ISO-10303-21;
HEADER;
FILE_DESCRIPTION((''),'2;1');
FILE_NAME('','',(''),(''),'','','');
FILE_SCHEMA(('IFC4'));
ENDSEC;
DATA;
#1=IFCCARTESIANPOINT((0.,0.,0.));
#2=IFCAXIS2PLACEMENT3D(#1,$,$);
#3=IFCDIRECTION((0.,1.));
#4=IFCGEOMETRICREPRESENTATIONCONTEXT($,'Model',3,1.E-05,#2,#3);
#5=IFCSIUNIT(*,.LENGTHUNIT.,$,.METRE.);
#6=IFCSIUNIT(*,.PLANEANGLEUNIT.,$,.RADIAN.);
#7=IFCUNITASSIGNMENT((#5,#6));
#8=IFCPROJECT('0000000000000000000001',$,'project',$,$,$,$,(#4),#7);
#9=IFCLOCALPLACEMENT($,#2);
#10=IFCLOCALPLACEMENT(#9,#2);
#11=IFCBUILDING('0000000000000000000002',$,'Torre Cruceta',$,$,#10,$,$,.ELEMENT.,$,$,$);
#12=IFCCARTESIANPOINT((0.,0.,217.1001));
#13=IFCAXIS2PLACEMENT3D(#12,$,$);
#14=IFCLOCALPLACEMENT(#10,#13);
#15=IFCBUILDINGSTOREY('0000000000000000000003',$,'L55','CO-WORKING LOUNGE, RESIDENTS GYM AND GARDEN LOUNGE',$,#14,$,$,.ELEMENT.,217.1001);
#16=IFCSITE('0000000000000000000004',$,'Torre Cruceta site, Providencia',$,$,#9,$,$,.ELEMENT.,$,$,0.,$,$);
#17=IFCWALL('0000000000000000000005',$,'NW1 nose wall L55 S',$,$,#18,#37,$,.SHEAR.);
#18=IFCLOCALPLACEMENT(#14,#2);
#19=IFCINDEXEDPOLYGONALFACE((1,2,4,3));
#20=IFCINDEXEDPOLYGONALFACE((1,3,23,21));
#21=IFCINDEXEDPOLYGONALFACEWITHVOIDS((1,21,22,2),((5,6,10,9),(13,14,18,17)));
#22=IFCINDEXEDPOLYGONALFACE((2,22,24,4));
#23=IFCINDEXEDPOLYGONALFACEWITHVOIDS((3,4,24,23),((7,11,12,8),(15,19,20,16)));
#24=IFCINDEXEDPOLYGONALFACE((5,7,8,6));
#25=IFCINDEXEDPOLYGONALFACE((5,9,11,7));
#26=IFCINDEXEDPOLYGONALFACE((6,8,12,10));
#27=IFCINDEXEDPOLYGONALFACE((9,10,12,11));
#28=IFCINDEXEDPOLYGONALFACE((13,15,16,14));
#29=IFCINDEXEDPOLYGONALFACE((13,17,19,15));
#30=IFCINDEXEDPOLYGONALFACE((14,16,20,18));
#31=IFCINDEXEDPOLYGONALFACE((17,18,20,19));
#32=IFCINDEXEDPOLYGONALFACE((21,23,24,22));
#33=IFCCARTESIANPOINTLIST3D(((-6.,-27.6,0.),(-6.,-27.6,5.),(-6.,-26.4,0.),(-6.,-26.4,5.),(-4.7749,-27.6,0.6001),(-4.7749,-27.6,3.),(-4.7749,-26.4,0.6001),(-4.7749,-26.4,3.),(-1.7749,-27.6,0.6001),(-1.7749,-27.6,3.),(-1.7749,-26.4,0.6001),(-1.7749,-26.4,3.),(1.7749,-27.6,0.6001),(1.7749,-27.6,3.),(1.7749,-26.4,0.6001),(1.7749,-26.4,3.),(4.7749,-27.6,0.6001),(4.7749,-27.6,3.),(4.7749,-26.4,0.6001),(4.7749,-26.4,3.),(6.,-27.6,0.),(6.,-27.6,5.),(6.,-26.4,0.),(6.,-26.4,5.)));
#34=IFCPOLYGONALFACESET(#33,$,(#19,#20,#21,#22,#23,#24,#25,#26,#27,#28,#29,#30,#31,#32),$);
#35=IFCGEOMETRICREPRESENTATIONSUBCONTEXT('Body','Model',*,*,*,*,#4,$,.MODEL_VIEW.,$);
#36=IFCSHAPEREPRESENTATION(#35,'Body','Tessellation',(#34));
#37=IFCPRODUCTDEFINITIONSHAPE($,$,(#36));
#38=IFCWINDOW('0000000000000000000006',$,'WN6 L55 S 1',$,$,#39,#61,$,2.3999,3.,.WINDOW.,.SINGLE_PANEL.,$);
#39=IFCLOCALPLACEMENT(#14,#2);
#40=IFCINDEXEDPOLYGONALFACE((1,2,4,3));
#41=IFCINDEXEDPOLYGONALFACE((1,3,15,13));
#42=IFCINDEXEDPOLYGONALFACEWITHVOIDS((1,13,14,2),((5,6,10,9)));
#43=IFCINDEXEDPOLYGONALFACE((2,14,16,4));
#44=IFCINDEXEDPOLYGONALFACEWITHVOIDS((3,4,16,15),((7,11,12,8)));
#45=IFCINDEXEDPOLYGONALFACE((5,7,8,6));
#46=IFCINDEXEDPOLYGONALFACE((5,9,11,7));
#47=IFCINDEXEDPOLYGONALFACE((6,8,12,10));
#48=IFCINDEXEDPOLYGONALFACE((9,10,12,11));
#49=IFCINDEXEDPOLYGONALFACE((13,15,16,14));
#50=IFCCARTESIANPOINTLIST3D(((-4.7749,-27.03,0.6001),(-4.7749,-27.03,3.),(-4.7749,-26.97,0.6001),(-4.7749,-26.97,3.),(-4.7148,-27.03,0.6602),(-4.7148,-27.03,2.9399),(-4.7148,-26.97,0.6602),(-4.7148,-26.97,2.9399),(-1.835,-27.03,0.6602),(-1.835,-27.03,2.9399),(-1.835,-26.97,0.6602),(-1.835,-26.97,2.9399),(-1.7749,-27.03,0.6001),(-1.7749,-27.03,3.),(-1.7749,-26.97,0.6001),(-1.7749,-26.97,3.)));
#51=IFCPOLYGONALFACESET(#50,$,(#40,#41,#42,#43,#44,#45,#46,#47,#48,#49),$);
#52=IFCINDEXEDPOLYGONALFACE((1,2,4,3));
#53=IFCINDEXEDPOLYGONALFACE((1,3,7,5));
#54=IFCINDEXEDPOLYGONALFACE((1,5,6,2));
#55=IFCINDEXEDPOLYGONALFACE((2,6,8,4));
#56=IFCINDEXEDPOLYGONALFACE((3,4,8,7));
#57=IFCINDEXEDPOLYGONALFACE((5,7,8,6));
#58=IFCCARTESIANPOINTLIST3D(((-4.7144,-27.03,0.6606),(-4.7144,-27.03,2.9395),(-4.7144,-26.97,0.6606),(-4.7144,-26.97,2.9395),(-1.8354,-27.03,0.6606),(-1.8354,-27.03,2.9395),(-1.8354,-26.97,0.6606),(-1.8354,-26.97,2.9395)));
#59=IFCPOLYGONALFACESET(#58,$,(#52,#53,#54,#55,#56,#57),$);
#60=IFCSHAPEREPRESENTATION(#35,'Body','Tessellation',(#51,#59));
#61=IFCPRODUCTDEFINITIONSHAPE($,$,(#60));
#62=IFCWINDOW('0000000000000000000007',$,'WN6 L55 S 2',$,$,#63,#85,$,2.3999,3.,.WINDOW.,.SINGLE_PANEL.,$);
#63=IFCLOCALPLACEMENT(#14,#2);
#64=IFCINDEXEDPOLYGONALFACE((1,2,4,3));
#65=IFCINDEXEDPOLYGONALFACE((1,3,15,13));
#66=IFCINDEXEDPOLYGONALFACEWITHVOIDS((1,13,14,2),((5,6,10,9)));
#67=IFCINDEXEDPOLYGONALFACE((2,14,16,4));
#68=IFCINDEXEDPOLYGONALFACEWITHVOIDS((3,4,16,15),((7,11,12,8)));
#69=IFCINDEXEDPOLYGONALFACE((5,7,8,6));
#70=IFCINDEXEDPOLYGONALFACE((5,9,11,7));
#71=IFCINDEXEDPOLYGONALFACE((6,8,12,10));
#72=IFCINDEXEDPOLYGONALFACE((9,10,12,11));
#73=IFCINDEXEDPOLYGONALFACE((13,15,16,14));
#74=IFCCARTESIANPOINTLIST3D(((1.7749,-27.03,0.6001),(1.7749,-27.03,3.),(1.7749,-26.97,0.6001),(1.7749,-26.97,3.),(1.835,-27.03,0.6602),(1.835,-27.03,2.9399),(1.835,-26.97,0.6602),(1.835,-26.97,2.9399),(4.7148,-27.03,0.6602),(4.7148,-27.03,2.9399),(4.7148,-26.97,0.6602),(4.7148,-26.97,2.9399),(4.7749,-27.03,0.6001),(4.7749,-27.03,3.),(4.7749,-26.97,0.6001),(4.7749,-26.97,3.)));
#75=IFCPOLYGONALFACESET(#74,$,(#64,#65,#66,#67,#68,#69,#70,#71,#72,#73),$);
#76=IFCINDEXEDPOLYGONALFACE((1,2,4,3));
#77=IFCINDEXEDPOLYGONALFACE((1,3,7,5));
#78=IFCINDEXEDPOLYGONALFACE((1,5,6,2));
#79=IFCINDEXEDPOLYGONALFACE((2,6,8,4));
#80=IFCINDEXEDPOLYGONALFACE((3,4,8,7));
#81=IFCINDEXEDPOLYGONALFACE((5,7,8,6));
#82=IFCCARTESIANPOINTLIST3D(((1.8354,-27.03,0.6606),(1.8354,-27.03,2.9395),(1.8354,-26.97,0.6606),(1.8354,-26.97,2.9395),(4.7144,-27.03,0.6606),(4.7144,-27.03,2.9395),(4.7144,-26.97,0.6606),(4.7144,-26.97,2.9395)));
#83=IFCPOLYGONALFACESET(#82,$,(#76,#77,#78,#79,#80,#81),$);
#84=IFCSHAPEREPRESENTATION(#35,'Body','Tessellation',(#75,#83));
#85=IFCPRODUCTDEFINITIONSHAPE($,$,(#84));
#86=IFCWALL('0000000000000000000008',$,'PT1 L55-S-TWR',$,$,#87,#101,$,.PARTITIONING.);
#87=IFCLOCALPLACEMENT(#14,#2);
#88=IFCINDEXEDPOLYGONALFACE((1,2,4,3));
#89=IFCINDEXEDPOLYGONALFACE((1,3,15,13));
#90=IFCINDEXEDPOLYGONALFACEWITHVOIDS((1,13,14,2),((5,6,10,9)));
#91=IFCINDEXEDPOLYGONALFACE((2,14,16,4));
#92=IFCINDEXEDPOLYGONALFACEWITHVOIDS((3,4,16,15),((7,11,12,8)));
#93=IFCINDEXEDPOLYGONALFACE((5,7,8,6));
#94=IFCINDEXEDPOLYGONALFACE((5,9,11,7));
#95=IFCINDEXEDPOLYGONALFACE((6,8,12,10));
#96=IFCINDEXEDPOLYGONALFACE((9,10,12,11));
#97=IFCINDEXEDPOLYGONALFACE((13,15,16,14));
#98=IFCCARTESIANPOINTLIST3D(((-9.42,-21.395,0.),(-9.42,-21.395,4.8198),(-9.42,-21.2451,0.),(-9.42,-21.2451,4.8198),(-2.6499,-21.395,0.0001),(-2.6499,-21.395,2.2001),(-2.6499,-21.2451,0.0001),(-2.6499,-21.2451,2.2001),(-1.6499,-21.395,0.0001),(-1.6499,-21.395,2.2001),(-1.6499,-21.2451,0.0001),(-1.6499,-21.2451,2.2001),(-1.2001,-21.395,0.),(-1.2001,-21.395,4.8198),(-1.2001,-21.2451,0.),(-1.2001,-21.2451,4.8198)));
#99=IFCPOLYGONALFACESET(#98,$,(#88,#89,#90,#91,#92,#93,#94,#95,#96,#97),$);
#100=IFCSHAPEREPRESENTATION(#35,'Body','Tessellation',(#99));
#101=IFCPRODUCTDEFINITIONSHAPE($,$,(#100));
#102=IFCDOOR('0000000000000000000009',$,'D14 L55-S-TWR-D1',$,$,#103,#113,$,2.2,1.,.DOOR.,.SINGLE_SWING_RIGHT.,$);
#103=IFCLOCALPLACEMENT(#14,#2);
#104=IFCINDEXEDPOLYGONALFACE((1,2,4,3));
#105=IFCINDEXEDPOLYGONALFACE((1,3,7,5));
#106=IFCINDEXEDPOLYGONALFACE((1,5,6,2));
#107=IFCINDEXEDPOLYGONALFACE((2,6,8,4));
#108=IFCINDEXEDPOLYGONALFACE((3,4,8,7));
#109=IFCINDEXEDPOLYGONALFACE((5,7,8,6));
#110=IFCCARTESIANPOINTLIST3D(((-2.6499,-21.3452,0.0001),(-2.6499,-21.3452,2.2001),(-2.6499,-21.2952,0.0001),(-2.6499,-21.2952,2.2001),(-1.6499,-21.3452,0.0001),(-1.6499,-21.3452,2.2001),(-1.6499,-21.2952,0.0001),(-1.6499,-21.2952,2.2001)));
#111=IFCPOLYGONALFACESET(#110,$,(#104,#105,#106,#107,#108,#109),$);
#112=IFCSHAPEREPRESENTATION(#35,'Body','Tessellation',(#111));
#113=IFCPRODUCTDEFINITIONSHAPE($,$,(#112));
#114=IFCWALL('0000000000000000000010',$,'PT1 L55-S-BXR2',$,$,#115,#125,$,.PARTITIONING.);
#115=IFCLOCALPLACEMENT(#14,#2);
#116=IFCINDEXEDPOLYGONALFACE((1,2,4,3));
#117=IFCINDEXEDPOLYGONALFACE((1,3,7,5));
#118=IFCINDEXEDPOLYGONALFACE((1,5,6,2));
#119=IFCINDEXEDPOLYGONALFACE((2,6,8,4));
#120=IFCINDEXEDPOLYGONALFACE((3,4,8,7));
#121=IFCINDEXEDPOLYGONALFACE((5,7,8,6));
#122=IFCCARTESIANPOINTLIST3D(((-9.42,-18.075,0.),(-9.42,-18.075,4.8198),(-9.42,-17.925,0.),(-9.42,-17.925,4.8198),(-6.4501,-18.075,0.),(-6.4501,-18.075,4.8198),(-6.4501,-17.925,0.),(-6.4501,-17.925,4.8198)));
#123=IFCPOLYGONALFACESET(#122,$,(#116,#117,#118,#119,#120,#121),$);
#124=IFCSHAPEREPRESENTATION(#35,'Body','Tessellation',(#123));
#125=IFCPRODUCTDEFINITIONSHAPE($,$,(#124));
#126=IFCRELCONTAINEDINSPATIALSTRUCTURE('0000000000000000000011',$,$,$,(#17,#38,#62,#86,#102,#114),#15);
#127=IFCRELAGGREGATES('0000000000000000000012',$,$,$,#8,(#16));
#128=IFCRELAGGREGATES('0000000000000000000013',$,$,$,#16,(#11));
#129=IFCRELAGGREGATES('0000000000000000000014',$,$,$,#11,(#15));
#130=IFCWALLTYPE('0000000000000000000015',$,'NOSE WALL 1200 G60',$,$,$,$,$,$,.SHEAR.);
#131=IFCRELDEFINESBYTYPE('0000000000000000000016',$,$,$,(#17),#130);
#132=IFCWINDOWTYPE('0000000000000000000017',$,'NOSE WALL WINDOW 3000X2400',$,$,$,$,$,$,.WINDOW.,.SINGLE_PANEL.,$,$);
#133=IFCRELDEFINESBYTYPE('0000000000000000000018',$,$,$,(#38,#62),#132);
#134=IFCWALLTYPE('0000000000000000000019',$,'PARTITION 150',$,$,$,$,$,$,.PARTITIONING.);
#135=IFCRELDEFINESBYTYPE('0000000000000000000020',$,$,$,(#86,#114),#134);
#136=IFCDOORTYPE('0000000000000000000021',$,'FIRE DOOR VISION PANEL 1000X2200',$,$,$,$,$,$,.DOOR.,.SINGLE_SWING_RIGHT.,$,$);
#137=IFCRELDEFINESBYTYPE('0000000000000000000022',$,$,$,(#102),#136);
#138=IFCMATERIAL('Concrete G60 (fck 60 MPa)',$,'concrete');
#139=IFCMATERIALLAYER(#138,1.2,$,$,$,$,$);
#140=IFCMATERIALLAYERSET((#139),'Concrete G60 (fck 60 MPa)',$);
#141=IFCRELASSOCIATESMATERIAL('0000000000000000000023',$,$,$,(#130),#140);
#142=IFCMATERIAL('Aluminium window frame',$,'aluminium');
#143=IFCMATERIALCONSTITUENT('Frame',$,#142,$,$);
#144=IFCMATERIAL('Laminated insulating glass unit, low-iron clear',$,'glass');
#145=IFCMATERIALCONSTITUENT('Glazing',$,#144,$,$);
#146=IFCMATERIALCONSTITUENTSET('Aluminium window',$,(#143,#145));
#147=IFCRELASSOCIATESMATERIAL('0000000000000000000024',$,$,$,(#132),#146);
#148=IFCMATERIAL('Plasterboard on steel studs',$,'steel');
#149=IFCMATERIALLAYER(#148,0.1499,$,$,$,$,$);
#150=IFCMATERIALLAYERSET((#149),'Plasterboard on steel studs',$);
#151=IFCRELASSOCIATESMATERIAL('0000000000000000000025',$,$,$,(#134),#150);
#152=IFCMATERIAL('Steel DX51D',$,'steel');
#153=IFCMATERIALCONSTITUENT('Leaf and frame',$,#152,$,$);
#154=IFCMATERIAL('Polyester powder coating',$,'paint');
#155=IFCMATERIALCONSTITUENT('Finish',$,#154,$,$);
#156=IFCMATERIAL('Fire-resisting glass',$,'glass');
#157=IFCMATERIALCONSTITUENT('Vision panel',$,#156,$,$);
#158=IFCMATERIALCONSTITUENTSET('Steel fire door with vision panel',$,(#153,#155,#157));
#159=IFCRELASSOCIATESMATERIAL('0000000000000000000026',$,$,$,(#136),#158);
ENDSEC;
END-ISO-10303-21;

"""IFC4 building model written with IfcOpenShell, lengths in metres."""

from ifc_helpers import new_model, si_unit, direction, frame, frame_2d, origin, place, context, subcontext, project, spatial, rectangle, hollow_rectangle, extrude, material, layer, layer_set, constituent, constituent_set, type_object, element, fill, save


model = new_model("IFC4")

# Units and contexts
model_context = context("Model", 3, precision=1e-05, world=origin(), true_north=direction((0.0, 1.0)))
body_context = subcontext(model_context, "Body", "Model", "MODEL_VIEW")
ifc_project = project(units=[si_unit("LENGTHUNIT", "METRE"), si_unit("PLANEANGLEUNIT", "RADIAN")], contexts=[model_context])

# Site, building, storey
site_placement = place(None, origin())
site = spatial("IfcSite", under=ifc_project, at=site_placement, Name="Torre Cruceta site, Providencia", CompositionType="ELEMENT", RefElevation=0.0)
building_placement = place(site_placement, origin())
building = spatial("IfcBuilding", under=site, at=building_placement, Name="Torre Cruceta", CompositionType="ELEMENT")
storey_placement = place(building_placement, frame((0.0, 0.0, 217.1001)))
storey = spatial("IfcBuildingStorey", under=building, at=storey_placement, Name="L55", Description="CO-WORKING LOUNGE, RESIDENTS GYM AND GARDEN LOUNGE", CompositionType="ELEMENT", Elevation=217.1001)

# Wall, openings, windows
ifc_material_1 = material(Name="Concrete G60 (fck 60 MPa)", Category="concrete")
ifc_layer_1 = layer(ifc_material_1, 1.2)
ifc_layer_set_1 = layer_set([ifc_layer_1], Name="Concrete G60 (fck 60 MPa)")
wall_type_1 = type_object("IfcWallType", Name="NOSE WALL 1200 G60", PredefinedType="SHEAR", material=ifc_layer_set_1)
wall_1_placement = place(storey_placement, frame((-6.0, -27.0, 0.0), z_axis=(0.0, 0.0, 1.0), x_axis=(1.0, 0.0, 0.0)))
wall_1 = element("IfcWall", 1, at=wall_1_placement, inside=storey, type_object=wall_type_1, Name="NW1 nose wall L55 S", PredefinedType="SHEAR", context=body_context, shape_type="SweptSolid", body=[
    extrude(rectangle(XDim=12.0, YDim=1.2, at=frame_2d((6.0, 0.0))), origin(), (0.0, 0.0, 1.0), 5.0),
])
opening_1_placement = place(wall_1_placement, frame((1.2251, 0.0, 0.6001)))
opening_1 = element("IfcOpeningElement", 2, at=opening_1_placement, cuts=wall_1, PredefinedType="OPENING", context=body_context, shape_type="SweptSolid", body=[
    extrude(rectangle(XDim=3.0, YDim=2.3999, at=frame_2d((1.5, 1.2))), frame((0.0, 0.6099, 0.0), z_axis=(0.0, -1.0, 0.0), x_axis=(1.0, 0.0, 0.0)), (0.0, 0.0, 1.0), 1.22),
])
opening_2_placement = place(wall_1_placement, frame((7.7749, 0.0, 0.6001)))
opening_2 = element("IfcOpeningElement", 3, at=opening_2_placement, cuts=wall_1, PredefinedType="OPENING", context=body_context, shape_type="SweptSolid", body=[
    extrude(rectangle(XDim=3.0, YDim=2.3999, at=frame_2d((1.5, 1.2))), frame((0.0, 0.6099, 0.0), z_axis=(0.0, -1.0, 0.0), x_axis=(1.0, 0.0, 0.0)), (0.0, 0.0, 1.0), 1.22),
])
ifc_material_2 = material(Name="Aluminium window frame", Category="aluminium")
ifc_constituent_1 = constituent(ifc_material_2, Name="Frame")
ifc_material_3 = material(Name="Laminated insulating glass unit, low-iron clear", Category="glass")
ifc_constituent_2 = constituent(ifc_material_3, Name="Glazing")
ifc_constituent_set_1 = constituent_set(constituents=[ifc_constituent_1, ifc_constituent_2], Name="Aluminium window")
window_type_1 = type_object("IfcWindowType", Name="NOSE WALL WINDOW 3000X2400", PartitioningType="SINGLE_PANEL", PredefinedType="WINDOW", material=ifc_constituent_set_1)
window_1_placement = place(opening_1_placement, origin())
window_1 = element("IfcWindow", 4, at=window_1_placement, inside=storey, type_object=window_type_1, Name="WN6 L55 S 1", OverallHeight=2.3999, OverallWidth=3.0, PartitioningType="SINGLE_PANEL", PredefinedType="WINDOW", context=body_context, shape_type="SweptSolid", body=[
    extrude(hollow_rectangle(XDim=3.0, YDim=2.3999, WallThickness=0.0601, at=frame_2d((1.5, 1.2))), frame((0.0, 0.03, 0.0), z_axis=(0.0, -1.0, 0.0), x_axis=(1.0, 0.0, 0.0)), (0.0, 0.0, 1.0), 0.0601),
    extrude(rectangle(XDim=2.8789, YDim=2.2788, at=frame_2d((1.5, 1.2))), frame((0.0, 0.03, 0.0), z_axis=(0.0, -1.0, 0.0), x_axis=(1.0, 0.0, 0.0)), (0.0, 0.0, 1.0), 0.0601),
])
fill(opening_1, window_1)
window_2_placement = place(opening_2_placement, origin())
window_2 = element("IfcWindow", 5, at=window_2_placement, inside=storey, type_object=window_type_1, Name="WN6 L55 S 2", OverallHeight=2.3999, OverallWidth=3.0, PartitioningType="SINGLE_PANEL", PredefinedType="WINDOW", context=body_context, shape_type="SweptSolid", body=[
    extrude(hollow_rectangle(XDim=3.0, YDim=2.3999, WallThickness=0.0601, at=frame_2d((1.5, 1.2))), frame((0.0, 0.03, 0.0), z_axis=(0.0, -1.0, 0.0), x_axis=(1.0, 0.0, 0.0)), (0.0, 0.0, 1.0), 0.0601),
    extrude(rectangle(XDim=2.8789, YDim=2.2788, at=frame_2d((1.5, 1.2))), frame((0.0, 0.03, 0.0), z_axis=(0.0, -1.0, 0.0), x_axis=(1.0, 0.0, 0.0)), (0.0, 0.0, 1.0), 0.0601),
])
fill(opening_2, window_2)

# Wall, opening, door
ifc_material_4 = material(Name="Plasterboard on steel studs", Category="steel")
ifc_layer_2 = layer(ifc_material_4, 0.1499)
ifc_layer_set_2 = layer_set([ifc_layer_2], Name="Plasterboard on steel studs")
wall_type_2 = type_object("IfcWallType", Name="PARTITION 150", PredefinedType="PARTITIONING", material=ifc_layer_set_2)
wall_2_placement = place(storey_placement, frame((-9.4199, -21.3201, 0.0), z_axis=(0.0, 0.0, 1.0), x_axis=(1.0, 0.0, 0.0)))
wall_2 = element("IfcWall", 6, at=wall_2_placement, inside=storey, type_object=wall_type_2, Name="PT1 L55-S-TWR", PredefinedType="PARTITIONING", context=body_context, shape_type="SweptSolid", body=[
    extrude(rectangle(XDim=8.22, YDim=0.1499, at=frame_2d((4.1099, 0.0))), origin(), (0.0, 0.0, 1.0), 4.8198),
])
opening_3_placement = place(wall_2_placement, frame((6.77, 0.0, 0.0)))
opening_3 = element("IfcOpeningElement", 7, at=opening_3_placement, cuts=wall_2, PredefinedType="OPENING", context=body_context, shape_type="SweptSolid", body=[
    extrude(rectangle(XDim=1.0, YDim=2.2, at=frame_2d((0.5, 1.1001))), frame((0.0, 0.085, 0.0), z_axis=(0.0, -1.0, 0.0), x_axis=(1.0, 0.0, 0.0)), (0.0, 0.0, 1.0), 0.1699),
])
ifc_material_5 = material(Name="Steel DX51D", Category="steel")
ifc_constituent_3 = constituent(ifc_material_5, Name="Leaf and frame")
ifc_material_6 = material(Name="Polyester powder coating", Category="paint")
ifc_constituent_4 = constituent(ifc_material_6, Name="Finish")
ifc_material_7 = material(Name="Fire-resisting glass", Category="glass")
ifc_constituent_5 = constituent(ifc_material_7, Name="Vision panel")
ifc_constituent_set_2 = constituent_set(constituents=[ifc_constituent_3, ifc_constituent_4, ifc_constituent_5], Name="Steel fire door with vision panel")
door_type = type_object("IfcDoorType", Name="FIRE DOOR VISION PANEL 1000X2200", OperationType="SINGLE_SWING_RIGHT", PredefinedType="DOOR", material=ifc_constituent_set_2)
door_placement = place(opening_3_placement, origin())
door = element("IfcDoor", 8, at=door_placement, inside=storey, type_object=door_type, Name="D14 L55-S-TWR-D1", OperationType="SINGLE_SWING_RIGHT", OverallHeight=2.2, OverallWidth=1.0, PredefinedType="DOOR", context=body_context, shape_type="SweptSolid", body=[
    extrude(rectangle(XDim=1.0, YDim=2.2, at=frame_2d((0.5, 1.1001))), frame((0.0, 0.0249, 0.0), z_axis=(0.0, -1.0, 0.0), x_axis=(1.0, 0.0, 0.0)), (0.0, 0.0, 1.0), 0.05),
])
fill(opening_3, door)

# Wall
wall_3_placement = place(storey_placement, frame((-9.4199, -18.0, 0.0), z_axis=(0.0, 0.0, 1.0), x_axis=(1.0, 0.0, 0.0)))
element("IfcWall", 9, at=wall_3_placement, inside=storey, type_object=wall_type_2, Name="PT1 L55-S-BXR2", PredefinedType="PARTITIONING", context=body_context, shape_type="SweptSolid", body=[
    extrude(rectangle(XDim=2.97, YDim=0.1499, at=frame_2d((1.4849, 0.0))), origin(), (0.0, 0.0, 1.0), 4.8198),
])

save(model, "model.ifc")
